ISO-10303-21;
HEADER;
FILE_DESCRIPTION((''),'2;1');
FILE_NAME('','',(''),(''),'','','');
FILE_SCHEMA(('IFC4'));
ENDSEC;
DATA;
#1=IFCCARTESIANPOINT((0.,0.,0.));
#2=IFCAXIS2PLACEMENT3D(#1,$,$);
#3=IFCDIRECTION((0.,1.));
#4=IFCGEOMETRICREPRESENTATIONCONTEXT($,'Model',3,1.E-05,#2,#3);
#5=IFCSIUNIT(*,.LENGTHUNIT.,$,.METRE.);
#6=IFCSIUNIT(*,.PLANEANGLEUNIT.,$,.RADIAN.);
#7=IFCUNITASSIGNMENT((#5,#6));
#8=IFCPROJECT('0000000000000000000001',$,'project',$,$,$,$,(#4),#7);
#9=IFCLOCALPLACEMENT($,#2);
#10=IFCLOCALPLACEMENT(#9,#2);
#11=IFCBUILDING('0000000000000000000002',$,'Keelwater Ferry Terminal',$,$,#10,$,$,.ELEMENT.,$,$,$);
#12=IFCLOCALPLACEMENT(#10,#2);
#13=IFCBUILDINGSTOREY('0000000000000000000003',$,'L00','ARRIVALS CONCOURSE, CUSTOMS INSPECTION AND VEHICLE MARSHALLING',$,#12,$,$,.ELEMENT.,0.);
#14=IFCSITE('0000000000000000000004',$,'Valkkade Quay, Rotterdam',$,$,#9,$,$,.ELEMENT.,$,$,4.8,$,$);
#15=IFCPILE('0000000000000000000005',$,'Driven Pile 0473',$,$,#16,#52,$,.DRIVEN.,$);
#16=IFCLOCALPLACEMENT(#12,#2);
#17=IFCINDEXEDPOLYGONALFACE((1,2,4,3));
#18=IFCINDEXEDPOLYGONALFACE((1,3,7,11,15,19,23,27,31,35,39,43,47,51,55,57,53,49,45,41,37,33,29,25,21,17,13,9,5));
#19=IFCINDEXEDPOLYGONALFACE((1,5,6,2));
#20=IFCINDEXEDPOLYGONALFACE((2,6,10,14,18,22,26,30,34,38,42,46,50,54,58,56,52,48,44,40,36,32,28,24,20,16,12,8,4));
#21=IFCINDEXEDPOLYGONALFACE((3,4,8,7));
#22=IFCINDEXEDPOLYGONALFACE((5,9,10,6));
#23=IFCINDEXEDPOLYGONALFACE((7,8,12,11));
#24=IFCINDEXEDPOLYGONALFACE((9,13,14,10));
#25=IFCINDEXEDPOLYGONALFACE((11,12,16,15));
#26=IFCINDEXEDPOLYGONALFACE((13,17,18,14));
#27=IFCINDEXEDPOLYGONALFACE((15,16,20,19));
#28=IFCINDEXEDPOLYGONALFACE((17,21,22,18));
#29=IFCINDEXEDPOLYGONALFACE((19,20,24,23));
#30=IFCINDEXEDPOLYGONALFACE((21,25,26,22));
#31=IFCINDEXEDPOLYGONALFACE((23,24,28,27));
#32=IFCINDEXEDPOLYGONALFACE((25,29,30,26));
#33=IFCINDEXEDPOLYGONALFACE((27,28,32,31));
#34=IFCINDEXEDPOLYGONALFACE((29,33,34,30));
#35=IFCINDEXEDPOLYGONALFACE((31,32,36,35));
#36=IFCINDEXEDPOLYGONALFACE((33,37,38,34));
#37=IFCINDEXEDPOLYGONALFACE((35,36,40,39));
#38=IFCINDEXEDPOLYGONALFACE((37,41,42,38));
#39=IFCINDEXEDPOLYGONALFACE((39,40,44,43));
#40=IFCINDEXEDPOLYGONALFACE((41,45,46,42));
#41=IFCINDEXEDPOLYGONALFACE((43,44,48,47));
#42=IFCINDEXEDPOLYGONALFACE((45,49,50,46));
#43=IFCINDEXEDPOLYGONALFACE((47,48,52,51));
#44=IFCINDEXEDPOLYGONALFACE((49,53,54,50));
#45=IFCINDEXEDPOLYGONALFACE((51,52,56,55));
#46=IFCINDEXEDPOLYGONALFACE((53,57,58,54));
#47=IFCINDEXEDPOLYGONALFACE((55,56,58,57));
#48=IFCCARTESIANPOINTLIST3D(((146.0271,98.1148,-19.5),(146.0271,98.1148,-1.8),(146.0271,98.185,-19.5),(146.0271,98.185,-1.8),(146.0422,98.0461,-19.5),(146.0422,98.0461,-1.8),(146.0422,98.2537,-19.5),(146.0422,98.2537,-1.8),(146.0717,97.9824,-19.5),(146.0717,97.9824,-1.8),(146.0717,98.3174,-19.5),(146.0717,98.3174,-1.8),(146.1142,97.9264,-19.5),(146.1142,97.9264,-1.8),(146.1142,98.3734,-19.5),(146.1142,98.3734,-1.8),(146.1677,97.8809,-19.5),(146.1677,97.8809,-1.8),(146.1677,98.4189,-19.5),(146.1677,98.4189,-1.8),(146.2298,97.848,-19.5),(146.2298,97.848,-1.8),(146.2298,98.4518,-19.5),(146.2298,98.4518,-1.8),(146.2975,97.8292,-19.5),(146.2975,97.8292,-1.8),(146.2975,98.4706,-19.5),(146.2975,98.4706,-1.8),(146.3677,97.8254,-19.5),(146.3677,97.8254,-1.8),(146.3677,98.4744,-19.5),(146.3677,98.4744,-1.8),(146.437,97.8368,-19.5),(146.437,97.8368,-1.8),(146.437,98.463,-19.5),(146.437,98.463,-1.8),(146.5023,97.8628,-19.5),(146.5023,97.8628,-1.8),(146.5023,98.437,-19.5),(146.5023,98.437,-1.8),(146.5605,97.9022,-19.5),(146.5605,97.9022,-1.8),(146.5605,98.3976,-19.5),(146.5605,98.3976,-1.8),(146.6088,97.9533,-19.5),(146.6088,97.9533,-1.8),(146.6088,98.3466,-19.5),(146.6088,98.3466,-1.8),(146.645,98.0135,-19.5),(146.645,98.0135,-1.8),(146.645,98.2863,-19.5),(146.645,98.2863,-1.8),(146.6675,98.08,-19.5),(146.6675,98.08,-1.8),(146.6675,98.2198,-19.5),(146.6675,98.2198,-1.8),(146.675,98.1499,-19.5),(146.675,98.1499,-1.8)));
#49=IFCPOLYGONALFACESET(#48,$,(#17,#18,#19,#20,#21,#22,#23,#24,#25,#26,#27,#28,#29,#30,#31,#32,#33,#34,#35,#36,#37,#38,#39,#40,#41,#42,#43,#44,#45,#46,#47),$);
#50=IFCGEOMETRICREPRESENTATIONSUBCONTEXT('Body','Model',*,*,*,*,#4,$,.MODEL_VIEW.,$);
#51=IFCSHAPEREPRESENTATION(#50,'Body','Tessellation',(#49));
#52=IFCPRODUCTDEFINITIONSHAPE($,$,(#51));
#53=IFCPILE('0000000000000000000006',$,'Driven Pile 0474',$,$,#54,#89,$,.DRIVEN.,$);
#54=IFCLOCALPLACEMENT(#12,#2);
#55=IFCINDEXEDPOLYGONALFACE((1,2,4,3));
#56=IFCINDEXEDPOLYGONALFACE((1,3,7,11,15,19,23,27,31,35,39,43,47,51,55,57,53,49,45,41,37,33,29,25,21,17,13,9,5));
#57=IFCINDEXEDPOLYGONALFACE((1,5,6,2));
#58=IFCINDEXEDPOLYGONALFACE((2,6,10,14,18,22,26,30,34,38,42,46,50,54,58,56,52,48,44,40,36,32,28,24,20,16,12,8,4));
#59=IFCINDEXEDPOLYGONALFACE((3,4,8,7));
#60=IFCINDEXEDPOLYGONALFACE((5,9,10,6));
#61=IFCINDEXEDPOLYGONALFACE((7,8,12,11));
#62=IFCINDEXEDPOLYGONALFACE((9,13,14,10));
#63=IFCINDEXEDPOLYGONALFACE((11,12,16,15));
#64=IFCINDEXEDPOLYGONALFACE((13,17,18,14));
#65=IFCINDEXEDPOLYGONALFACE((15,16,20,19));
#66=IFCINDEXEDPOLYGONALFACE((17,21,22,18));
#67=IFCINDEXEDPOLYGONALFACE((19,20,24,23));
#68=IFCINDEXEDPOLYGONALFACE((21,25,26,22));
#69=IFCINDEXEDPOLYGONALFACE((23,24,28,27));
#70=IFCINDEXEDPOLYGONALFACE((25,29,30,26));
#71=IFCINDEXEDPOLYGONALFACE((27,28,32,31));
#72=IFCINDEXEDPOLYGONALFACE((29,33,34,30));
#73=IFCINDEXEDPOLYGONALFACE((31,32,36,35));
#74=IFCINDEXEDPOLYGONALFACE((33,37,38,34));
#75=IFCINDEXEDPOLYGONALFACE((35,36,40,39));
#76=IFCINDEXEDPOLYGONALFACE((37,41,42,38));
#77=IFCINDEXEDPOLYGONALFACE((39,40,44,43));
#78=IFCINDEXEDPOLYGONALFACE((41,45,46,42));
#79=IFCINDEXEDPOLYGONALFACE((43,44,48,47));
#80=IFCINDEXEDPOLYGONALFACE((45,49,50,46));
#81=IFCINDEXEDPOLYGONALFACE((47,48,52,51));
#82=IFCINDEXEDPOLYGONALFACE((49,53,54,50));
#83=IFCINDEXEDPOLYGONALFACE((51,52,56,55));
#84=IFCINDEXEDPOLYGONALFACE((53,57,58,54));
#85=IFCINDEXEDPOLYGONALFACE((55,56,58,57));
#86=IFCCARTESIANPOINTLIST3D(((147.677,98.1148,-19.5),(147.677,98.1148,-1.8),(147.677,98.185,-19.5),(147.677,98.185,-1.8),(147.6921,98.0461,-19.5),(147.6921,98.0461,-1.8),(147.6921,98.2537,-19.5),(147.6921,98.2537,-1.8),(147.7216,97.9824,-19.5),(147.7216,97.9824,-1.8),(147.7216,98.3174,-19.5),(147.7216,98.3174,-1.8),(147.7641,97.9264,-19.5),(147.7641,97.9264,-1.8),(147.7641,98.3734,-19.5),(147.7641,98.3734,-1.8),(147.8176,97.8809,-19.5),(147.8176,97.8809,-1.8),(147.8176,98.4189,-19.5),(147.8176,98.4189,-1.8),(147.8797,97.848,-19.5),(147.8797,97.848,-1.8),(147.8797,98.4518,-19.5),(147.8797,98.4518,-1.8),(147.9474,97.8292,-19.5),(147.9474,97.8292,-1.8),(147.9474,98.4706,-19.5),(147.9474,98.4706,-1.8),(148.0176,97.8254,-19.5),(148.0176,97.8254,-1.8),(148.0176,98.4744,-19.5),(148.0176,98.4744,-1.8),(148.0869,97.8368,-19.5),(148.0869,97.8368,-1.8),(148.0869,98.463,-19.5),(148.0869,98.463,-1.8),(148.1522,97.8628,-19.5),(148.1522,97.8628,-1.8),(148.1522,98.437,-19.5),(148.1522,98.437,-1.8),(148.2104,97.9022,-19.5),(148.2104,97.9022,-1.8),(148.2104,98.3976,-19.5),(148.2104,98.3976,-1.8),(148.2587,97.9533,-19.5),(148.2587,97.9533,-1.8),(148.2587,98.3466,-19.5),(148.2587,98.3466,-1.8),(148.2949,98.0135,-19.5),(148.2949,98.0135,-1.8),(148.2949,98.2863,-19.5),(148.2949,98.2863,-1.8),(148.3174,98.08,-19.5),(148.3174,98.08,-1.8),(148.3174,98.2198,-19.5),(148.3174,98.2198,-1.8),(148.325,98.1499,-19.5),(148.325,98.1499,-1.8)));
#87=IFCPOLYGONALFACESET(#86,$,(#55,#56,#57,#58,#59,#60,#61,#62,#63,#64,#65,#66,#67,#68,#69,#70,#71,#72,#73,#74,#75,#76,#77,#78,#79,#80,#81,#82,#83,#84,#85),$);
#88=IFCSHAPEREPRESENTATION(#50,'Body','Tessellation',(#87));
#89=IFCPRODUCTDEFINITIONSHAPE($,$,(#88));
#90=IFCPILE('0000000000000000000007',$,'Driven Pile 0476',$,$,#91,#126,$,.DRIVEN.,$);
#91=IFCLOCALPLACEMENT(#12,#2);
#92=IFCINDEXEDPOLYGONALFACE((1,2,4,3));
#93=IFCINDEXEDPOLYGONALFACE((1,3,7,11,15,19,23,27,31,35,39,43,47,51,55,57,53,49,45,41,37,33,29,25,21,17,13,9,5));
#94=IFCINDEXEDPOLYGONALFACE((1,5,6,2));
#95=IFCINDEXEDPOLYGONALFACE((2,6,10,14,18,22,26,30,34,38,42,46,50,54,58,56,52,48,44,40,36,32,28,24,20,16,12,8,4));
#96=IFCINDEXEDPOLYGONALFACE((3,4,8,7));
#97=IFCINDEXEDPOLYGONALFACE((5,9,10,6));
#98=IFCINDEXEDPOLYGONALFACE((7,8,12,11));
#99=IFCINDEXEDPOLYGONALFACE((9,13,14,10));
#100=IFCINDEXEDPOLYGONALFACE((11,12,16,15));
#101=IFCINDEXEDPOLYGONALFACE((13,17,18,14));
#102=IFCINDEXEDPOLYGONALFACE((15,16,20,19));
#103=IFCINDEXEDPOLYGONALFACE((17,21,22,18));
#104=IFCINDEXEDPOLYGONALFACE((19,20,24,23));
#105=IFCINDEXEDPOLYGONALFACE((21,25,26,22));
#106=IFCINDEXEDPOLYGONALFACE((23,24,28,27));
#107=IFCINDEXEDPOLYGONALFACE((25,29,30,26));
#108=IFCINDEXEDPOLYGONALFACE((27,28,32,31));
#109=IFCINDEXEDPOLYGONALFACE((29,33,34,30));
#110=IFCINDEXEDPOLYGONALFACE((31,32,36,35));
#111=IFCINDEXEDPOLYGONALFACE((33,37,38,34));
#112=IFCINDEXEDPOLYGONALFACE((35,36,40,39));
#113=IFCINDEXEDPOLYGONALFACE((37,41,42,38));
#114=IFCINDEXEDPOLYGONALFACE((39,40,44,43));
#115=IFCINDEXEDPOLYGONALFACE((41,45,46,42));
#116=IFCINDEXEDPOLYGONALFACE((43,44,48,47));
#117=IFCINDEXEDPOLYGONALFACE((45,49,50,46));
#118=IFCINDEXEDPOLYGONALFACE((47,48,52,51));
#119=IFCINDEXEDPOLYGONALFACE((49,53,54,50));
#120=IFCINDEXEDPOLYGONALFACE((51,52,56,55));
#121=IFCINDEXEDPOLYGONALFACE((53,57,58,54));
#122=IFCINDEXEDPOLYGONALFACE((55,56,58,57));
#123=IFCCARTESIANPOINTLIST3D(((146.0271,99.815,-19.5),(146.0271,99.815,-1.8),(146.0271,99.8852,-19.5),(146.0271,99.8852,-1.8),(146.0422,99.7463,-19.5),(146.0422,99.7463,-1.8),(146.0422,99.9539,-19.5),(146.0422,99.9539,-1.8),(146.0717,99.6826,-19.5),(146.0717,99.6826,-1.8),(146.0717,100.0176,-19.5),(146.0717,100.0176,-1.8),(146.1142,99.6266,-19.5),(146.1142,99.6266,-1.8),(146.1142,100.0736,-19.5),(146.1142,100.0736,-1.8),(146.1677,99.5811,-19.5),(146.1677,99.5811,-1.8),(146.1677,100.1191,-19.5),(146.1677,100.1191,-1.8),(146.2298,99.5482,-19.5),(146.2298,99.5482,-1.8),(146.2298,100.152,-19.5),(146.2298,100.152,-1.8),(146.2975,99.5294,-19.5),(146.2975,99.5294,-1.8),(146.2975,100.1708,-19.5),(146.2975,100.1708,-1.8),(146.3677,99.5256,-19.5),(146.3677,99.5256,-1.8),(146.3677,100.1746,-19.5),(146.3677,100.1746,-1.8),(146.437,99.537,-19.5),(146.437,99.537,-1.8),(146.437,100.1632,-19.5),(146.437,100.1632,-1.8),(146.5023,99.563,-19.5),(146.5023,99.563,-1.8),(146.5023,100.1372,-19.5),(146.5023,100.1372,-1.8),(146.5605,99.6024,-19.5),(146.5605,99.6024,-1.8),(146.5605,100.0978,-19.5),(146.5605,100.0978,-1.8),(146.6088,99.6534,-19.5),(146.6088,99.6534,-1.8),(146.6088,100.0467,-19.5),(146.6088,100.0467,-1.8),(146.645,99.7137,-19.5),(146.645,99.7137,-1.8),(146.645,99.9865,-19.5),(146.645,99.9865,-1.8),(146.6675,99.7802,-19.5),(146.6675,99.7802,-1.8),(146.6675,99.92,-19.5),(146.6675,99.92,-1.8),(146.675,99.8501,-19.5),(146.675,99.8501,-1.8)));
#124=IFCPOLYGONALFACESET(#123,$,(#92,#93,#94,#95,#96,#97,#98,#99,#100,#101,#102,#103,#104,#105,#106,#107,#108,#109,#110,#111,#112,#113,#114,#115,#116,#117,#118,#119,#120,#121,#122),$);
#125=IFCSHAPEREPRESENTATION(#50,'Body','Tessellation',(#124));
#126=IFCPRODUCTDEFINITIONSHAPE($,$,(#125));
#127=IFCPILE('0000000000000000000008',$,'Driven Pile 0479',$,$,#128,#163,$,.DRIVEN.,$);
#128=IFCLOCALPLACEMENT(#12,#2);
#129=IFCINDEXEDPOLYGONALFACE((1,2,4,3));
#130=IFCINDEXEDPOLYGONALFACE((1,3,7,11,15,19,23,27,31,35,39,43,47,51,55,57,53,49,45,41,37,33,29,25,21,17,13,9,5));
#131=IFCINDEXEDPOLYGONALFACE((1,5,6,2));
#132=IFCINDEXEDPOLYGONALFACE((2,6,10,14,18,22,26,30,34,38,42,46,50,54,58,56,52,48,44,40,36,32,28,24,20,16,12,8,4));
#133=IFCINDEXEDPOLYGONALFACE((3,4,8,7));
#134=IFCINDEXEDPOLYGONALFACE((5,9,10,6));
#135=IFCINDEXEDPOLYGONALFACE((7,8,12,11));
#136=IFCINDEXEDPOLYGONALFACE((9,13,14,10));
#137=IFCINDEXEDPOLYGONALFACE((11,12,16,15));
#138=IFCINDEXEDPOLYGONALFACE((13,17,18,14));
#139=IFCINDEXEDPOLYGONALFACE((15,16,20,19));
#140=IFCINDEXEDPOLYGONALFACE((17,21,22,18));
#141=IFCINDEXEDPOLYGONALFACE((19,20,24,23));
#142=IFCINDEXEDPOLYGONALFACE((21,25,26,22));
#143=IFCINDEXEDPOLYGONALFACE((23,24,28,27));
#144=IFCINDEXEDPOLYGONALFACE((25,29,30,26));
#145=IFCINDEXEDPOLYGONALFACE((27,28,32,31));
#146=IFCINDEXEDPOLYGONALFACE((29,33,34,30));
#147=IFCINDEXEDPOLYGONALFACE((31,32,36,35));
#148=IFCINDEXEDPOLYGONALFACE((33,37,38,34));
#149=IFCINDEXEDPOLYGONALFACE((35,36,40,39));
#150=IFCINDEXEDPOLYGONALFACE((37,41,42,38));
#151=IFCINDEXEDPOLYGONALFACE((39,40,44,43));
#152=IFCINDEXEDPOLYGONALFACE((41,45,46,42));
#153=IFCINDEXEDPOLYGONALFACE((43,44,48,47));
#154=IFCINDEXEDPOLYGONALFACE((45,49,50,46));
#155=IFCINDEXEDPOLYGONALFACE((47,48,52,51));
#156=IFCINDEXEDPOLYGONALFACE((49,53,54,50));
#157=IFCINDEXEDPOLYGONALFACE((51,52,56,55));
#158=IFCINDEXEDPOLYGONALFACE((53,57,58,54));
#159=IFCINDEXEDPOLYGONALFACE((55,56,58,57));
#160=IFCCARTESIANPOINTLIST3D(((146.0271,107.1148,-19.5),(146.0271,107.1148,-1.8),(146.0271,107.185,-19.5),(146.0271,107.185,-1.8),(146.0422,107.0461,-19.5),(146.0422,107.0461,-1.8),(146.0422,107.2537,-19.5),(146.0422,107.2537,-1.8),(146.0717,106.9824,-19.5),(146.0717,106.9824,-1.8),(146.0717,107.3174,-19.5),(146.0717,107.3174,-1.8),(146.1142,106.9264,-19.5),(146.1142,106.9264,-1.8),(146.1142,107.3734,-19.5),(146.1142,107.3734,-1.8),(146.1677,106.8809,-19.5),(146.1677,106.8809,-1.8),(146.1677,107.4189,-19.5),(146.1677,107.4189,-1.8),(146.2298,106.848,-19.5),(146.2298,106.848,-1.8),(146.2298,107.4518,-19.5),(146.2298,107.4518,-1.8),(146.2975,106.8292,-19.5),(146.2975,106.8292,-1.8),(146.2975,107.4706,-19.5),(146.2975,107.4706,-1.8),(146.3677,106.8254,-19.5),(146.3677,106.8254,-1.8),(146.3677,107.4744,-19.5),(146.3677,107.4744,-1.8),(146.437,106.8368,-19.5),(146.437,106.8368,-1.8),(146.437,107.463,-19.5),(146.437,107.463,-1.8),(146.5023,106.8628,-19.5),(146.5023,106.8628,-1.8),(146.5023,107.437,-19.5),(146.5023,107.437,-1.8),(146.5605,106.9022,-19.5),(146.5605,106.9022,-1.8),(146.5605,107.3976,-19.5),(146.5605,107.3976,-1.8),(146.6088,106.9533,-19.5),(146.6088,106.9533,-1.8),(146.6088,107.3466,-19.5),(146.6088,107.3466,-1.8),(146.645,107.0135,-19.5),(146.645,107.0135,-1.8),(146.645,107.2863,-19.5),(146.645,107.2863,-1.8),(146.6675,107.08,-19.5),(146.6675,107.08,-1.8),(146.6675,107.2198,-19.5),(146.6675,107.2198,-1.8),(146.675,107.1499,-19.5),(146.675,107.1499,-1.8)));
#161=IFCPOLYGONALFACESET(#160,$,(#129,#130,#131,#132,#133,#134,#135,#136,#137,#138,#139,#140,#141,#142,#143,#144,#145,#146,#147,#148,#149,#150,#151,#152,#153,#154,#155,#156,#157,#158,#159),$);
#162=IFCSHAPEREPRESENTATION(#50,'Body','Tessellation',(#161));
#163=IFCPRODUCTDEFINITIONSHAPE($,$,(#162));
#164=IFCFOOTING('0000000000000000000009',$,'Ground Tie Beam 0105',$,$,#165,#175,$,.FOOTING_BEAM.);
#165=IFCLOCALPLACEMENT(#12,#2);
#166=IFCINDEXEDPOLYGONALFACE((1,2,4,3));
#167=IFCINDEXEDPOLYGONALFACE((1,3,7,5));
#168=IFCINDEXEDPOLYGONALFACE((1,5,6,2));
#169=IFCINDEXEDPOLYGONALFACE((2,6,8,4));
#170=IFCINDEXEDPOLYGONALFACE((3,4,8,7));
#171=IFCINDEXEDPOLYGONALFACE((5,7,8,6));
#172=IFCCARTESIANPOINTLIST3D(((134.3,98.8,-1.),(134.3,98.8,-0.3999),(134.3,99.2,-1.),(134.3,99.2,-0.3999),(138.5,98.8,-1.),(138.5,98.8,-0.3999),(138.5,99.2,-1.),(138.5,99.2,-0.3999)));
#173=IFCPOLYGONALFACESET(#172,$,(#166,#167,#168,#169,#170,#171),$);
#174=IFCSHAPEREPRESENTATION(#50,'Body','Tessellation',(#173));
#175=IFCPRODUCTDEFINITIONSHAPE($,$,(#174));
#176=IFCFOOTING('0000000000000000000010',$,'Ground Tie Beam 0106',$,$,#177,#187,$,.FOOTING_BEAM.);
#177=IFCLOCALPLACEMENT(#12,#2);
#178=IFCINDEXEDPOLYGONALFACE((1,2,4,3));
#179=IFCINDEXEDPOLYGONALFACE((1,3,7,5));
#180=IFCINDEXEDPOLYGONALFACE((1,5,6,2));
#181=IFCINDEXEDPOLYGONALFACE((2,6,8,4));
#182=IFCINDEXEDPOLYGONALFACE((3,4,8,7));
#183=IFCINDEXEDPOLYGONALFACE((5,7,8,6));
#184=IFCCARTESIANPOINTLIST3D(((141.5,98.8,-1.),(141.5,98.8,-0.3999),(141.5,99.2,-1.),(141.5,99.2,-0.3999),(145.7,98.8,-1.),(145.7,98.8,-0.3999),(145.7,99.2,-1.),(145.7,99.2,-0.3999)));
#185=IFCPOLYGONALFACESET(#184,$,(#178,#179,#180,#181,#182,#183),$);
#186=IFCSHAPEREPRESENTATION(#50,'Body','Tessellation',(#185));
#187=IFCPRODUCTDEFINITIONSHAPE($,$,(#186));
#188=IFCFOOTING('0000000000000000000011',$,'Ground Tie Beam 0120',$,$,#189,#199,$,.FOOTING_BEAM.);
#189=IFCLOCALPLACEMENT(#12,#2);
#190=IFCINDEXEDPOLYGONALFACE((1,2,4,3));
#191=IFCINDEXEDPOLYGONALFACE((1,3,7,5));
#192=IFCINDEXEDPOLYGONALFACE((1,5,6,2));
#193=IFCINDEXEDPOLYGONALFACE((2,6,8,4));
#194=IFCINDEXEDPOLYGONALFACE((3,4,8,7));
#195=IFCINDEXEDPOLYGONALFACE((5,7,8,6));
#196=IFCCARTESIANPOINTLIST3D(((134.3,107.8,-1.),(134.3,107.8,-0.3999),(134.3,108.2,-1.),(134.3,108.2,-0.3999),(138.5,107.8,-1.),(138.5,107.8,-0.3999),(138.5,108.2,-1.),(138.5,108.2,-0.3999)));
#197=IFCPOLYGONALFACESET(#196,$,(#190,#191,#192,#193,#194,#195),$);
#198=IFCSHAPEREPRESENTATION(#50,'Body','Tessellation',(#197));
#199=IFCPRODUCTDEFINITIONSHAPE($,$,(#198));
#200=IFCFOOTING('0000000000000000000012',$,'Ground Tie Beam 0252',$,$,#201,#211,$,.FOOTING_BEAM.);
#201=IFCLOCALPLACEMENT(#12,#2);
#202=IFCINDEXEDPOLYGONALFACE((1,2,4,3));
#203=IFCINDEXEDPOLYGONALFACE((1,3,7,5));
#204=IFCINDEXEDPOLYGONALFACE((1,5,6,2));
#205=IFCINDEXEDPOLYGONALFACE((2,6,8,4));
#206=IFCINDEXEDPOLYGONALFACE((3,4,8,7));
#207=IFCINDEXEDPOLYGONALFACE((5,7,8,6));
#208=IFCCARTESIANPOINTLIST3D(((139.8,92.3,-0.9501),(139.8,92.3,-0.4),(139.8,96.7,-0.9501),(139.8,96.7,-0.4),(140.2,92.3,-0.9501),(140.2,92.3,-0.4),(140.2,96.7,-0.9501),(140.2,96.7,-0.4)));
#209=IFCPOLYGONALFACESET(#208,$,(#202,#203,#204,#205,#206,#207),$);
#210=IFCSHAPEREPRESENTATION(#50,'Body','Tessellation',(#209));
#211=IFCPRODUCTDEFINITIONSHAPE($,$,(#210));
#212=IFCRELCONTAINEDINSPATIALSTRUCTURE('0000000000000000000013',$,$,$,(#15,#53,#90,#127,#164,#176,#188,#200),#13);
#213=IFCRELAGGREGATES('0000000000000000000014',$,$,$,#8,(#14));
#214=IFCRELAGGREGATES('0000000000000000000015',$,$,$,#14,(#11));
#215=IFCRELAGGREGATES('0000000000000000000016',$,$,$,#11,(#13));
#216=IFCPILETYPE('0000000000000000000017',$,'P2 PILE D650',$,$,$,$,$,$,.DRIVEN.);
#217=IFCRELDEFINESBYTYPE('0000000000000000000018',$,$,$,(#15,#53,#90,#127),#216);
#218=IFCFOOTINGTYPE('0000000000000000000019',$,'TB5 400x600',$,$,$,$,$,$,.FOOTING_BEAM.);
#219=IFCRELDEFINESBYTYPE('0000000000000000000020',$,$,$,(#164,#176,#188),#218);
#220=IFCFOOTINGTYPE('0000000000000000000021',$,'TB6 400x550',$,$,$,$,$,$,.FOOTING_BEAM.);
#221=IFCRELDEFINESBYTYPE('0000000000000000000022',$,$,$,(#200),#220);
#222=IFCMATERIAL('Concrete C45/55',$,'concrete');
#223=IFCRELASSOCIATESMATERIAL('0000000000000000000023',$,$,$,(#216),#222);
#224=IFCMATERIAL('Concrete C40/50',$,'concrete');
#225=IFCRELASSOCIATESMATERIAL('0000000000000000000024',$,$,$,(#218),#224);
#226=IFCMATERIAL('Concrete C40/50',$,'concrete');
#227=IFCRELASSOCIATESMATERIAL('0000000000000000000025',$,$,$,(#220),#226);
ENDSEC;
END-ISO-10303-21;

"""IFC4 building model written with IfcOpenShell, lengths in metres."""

from ifc_helpers import new_model, si_unit, direction, frame, origin, origin_2d, place, context, subcontext, project, spatial, rectangle, circle, extrude, material, material_profile, profile_set, type_object, element, save


model = new_model("IFC4")

# Units and contexts
model_context = context("Model", 3, precision=1e-05, world=origin(), true_north=direction((0.0, 1.0)))
body_context = subcontext(model_context, "Body", "Model", "MODEL_VIEW")
ifc_project = project(units=[si_unit("LENGTHUNIT", "METRE"), si_unit("PLANEANGLEUNIT", "RADIAN")], contexts=[model_context])

# Site, building, storey
site_placement = place(None, origin())
site = spatial("IfcSite", under=ifc_project, at=site_placement, Name="Valkkade Quay, Rotterdam", CompositionType="ELEMENT", RefElevation=4.8)
building_placement = place(site_placement, origin())
building = spatial("IfcBuilding", under=site, at=building_placement, Name="Keelwater Ferry Terminal", CompositionType="ELEMENT")
storey_placement = place(building_placement, origin())
storey = spatial("IfcBuildingStorey", under=building, at=storey_placement, Name="L00", Description="ARRIVALS CONCOURSE, CUSTOMS INSPECTION AND VEHICLE MARSHALLING", CompositionType="ELEMENT", Elevation=0.0)

# Piles
ifc_material_1 = material(Name="Concrete C45/55", Category="concrete")
ifc_material_profile_1 = material_profile(ifc_material_1, circle(Radius=0.325, at=origin_2d()), Name="PILE D650")
ifc_profile_set_1 = profile_set([ifc_material_profile_1], Name="Concrete C45/55")
pile_type_1 = type_object("IfcPileType", Name="P2 PILE D650", PredefinedType="DRIVEN", material=ifc_profile_set_1)
for number, where, z_axis, x_axis, name in (
    (1, (146.3501, 98.1499, -1.8), (0.0, 0.0, -1.0), (1.0, 0.0, 0.0), "Driven Pile 0473"),
    (2, (148.0, 98.1499, -1.8), (0.0, 0.0, -1.0), (1.0, 0.0, 0.0), "Driven Pile 0474"),
    (3, (146.3501, 99.8501, -1.8), (0.0, 0.0, -1.0), (1.0, 0.0, 0.0), "Driven Pile 0476"),
    (4, (146.3501, 107.1499, -1.8), (0.0, 0.0, -1.0), (1.0, 0.0, 0.0), "Driven Pile 0479"),
):
    element("IfcPile", number, at=place(storey_placement, frame(where, z_axis=z_axis, x_axis=x_axis)), inside=storey, type_object=pile_type_1, Name=name, PredefinedType="DRIVEN", context=body_context, shape_type="SweptSolid", body=[
        extrude(circle(Radius=0.325, at=origin_2d()), origin(), (0.0, 0.0, 1.0), 17.7),
    ])

# Footings
ifc_material_2 = material(Name="Concrete C40/50", Category="concrete")
ifc_material_profile_2 = material_profile(ifc_material_2, rectangle(XDim=0.3999, YDim=0.6001, at=origin_2d()), Name="TB 400x600")
ifc_profile_set_2 = profile_set([ifc_material_profile_2], Name="Concrete C40/50")
footing_type_1 = type_object("IfcFootingType", Name="TB5 400x600", PredefinedType="FOOTING_BEAM", material=ifc_profile_set_2)
for number, where, z_axis, x_axis, name in (
    (5, (134.3, 99.0, -0.7), (1.0, 0.0, 0.0), (0.0, 1.0, 0.0), "Ground Tie Beam 0105"),
    (6, (141.5, 99.0, -0.7), (1.0, 0.0, 0.0), (0.0, 1.0, 0.0), "Ground Tie Beam 0106"),
    (7, (134.3, 108.0, -0.7), (1.0, 0.0, 0.0), (0.0, 1.0, 0.0), "Ground Tie Beam 0120"),
):
    element("IfcFooting", number, at=place(storey_placement, frame(where, z_axis=z_axis, x_axis=x_axis)), inside=storey, type_object=footing_type_1, Name=name, PredefinedType="FOOTING_BEAM", context=body_context, shape_type="SweptSolid", body=[
        extrude(rectangle(XDim=0.3999, YDim=0.6001, at=origin_2d()), origin(), (0.0, 0.0, 1.0), 4.2),
    ])
ifc_material_3 = material(Name="Concrete C40/50", Category="concrete")
ifc_material_profile_3 = material_profile(ifc_material_3, rectangle(XDim=0.3999, YDim=0.55, at=origin_2d()), Name="TB 400x550")
ifc_profile_set_3 = profile_set([ifc_material_profile_3], Name="Concrete C40/50")
footing_type_2 = type_object("IfcFootingType", Name="TB6 400x550", PredefinedType="FOOTING_BEAM", material=ifc_profile_set_3)
for number, where, z_axis, x_axis, name in (
    (8, (140.0, 92.3, -0.675), (0.0, 1.0, 0.0), (-1.0, 0.0, 0.0), "Ground Tie Beam 0252"),
):
    element("IfcFooting", number, at=place(storey_placement, frame(where, z_axis=z_axis, x_axis=x_axis)), inside=storey, type_object=footing_type_2, Name=name, PredefinedType="FOOTING_BEAM", context=body_context, shape_type="SweptSolid", body=[
        extrude(rectangle(XDim=0.3999, YDim=0.55, at=origin_2d()), origin(), (0.0, 0.0, 1.0), 4.3999),
    ])

save(model, "model.ifc")
